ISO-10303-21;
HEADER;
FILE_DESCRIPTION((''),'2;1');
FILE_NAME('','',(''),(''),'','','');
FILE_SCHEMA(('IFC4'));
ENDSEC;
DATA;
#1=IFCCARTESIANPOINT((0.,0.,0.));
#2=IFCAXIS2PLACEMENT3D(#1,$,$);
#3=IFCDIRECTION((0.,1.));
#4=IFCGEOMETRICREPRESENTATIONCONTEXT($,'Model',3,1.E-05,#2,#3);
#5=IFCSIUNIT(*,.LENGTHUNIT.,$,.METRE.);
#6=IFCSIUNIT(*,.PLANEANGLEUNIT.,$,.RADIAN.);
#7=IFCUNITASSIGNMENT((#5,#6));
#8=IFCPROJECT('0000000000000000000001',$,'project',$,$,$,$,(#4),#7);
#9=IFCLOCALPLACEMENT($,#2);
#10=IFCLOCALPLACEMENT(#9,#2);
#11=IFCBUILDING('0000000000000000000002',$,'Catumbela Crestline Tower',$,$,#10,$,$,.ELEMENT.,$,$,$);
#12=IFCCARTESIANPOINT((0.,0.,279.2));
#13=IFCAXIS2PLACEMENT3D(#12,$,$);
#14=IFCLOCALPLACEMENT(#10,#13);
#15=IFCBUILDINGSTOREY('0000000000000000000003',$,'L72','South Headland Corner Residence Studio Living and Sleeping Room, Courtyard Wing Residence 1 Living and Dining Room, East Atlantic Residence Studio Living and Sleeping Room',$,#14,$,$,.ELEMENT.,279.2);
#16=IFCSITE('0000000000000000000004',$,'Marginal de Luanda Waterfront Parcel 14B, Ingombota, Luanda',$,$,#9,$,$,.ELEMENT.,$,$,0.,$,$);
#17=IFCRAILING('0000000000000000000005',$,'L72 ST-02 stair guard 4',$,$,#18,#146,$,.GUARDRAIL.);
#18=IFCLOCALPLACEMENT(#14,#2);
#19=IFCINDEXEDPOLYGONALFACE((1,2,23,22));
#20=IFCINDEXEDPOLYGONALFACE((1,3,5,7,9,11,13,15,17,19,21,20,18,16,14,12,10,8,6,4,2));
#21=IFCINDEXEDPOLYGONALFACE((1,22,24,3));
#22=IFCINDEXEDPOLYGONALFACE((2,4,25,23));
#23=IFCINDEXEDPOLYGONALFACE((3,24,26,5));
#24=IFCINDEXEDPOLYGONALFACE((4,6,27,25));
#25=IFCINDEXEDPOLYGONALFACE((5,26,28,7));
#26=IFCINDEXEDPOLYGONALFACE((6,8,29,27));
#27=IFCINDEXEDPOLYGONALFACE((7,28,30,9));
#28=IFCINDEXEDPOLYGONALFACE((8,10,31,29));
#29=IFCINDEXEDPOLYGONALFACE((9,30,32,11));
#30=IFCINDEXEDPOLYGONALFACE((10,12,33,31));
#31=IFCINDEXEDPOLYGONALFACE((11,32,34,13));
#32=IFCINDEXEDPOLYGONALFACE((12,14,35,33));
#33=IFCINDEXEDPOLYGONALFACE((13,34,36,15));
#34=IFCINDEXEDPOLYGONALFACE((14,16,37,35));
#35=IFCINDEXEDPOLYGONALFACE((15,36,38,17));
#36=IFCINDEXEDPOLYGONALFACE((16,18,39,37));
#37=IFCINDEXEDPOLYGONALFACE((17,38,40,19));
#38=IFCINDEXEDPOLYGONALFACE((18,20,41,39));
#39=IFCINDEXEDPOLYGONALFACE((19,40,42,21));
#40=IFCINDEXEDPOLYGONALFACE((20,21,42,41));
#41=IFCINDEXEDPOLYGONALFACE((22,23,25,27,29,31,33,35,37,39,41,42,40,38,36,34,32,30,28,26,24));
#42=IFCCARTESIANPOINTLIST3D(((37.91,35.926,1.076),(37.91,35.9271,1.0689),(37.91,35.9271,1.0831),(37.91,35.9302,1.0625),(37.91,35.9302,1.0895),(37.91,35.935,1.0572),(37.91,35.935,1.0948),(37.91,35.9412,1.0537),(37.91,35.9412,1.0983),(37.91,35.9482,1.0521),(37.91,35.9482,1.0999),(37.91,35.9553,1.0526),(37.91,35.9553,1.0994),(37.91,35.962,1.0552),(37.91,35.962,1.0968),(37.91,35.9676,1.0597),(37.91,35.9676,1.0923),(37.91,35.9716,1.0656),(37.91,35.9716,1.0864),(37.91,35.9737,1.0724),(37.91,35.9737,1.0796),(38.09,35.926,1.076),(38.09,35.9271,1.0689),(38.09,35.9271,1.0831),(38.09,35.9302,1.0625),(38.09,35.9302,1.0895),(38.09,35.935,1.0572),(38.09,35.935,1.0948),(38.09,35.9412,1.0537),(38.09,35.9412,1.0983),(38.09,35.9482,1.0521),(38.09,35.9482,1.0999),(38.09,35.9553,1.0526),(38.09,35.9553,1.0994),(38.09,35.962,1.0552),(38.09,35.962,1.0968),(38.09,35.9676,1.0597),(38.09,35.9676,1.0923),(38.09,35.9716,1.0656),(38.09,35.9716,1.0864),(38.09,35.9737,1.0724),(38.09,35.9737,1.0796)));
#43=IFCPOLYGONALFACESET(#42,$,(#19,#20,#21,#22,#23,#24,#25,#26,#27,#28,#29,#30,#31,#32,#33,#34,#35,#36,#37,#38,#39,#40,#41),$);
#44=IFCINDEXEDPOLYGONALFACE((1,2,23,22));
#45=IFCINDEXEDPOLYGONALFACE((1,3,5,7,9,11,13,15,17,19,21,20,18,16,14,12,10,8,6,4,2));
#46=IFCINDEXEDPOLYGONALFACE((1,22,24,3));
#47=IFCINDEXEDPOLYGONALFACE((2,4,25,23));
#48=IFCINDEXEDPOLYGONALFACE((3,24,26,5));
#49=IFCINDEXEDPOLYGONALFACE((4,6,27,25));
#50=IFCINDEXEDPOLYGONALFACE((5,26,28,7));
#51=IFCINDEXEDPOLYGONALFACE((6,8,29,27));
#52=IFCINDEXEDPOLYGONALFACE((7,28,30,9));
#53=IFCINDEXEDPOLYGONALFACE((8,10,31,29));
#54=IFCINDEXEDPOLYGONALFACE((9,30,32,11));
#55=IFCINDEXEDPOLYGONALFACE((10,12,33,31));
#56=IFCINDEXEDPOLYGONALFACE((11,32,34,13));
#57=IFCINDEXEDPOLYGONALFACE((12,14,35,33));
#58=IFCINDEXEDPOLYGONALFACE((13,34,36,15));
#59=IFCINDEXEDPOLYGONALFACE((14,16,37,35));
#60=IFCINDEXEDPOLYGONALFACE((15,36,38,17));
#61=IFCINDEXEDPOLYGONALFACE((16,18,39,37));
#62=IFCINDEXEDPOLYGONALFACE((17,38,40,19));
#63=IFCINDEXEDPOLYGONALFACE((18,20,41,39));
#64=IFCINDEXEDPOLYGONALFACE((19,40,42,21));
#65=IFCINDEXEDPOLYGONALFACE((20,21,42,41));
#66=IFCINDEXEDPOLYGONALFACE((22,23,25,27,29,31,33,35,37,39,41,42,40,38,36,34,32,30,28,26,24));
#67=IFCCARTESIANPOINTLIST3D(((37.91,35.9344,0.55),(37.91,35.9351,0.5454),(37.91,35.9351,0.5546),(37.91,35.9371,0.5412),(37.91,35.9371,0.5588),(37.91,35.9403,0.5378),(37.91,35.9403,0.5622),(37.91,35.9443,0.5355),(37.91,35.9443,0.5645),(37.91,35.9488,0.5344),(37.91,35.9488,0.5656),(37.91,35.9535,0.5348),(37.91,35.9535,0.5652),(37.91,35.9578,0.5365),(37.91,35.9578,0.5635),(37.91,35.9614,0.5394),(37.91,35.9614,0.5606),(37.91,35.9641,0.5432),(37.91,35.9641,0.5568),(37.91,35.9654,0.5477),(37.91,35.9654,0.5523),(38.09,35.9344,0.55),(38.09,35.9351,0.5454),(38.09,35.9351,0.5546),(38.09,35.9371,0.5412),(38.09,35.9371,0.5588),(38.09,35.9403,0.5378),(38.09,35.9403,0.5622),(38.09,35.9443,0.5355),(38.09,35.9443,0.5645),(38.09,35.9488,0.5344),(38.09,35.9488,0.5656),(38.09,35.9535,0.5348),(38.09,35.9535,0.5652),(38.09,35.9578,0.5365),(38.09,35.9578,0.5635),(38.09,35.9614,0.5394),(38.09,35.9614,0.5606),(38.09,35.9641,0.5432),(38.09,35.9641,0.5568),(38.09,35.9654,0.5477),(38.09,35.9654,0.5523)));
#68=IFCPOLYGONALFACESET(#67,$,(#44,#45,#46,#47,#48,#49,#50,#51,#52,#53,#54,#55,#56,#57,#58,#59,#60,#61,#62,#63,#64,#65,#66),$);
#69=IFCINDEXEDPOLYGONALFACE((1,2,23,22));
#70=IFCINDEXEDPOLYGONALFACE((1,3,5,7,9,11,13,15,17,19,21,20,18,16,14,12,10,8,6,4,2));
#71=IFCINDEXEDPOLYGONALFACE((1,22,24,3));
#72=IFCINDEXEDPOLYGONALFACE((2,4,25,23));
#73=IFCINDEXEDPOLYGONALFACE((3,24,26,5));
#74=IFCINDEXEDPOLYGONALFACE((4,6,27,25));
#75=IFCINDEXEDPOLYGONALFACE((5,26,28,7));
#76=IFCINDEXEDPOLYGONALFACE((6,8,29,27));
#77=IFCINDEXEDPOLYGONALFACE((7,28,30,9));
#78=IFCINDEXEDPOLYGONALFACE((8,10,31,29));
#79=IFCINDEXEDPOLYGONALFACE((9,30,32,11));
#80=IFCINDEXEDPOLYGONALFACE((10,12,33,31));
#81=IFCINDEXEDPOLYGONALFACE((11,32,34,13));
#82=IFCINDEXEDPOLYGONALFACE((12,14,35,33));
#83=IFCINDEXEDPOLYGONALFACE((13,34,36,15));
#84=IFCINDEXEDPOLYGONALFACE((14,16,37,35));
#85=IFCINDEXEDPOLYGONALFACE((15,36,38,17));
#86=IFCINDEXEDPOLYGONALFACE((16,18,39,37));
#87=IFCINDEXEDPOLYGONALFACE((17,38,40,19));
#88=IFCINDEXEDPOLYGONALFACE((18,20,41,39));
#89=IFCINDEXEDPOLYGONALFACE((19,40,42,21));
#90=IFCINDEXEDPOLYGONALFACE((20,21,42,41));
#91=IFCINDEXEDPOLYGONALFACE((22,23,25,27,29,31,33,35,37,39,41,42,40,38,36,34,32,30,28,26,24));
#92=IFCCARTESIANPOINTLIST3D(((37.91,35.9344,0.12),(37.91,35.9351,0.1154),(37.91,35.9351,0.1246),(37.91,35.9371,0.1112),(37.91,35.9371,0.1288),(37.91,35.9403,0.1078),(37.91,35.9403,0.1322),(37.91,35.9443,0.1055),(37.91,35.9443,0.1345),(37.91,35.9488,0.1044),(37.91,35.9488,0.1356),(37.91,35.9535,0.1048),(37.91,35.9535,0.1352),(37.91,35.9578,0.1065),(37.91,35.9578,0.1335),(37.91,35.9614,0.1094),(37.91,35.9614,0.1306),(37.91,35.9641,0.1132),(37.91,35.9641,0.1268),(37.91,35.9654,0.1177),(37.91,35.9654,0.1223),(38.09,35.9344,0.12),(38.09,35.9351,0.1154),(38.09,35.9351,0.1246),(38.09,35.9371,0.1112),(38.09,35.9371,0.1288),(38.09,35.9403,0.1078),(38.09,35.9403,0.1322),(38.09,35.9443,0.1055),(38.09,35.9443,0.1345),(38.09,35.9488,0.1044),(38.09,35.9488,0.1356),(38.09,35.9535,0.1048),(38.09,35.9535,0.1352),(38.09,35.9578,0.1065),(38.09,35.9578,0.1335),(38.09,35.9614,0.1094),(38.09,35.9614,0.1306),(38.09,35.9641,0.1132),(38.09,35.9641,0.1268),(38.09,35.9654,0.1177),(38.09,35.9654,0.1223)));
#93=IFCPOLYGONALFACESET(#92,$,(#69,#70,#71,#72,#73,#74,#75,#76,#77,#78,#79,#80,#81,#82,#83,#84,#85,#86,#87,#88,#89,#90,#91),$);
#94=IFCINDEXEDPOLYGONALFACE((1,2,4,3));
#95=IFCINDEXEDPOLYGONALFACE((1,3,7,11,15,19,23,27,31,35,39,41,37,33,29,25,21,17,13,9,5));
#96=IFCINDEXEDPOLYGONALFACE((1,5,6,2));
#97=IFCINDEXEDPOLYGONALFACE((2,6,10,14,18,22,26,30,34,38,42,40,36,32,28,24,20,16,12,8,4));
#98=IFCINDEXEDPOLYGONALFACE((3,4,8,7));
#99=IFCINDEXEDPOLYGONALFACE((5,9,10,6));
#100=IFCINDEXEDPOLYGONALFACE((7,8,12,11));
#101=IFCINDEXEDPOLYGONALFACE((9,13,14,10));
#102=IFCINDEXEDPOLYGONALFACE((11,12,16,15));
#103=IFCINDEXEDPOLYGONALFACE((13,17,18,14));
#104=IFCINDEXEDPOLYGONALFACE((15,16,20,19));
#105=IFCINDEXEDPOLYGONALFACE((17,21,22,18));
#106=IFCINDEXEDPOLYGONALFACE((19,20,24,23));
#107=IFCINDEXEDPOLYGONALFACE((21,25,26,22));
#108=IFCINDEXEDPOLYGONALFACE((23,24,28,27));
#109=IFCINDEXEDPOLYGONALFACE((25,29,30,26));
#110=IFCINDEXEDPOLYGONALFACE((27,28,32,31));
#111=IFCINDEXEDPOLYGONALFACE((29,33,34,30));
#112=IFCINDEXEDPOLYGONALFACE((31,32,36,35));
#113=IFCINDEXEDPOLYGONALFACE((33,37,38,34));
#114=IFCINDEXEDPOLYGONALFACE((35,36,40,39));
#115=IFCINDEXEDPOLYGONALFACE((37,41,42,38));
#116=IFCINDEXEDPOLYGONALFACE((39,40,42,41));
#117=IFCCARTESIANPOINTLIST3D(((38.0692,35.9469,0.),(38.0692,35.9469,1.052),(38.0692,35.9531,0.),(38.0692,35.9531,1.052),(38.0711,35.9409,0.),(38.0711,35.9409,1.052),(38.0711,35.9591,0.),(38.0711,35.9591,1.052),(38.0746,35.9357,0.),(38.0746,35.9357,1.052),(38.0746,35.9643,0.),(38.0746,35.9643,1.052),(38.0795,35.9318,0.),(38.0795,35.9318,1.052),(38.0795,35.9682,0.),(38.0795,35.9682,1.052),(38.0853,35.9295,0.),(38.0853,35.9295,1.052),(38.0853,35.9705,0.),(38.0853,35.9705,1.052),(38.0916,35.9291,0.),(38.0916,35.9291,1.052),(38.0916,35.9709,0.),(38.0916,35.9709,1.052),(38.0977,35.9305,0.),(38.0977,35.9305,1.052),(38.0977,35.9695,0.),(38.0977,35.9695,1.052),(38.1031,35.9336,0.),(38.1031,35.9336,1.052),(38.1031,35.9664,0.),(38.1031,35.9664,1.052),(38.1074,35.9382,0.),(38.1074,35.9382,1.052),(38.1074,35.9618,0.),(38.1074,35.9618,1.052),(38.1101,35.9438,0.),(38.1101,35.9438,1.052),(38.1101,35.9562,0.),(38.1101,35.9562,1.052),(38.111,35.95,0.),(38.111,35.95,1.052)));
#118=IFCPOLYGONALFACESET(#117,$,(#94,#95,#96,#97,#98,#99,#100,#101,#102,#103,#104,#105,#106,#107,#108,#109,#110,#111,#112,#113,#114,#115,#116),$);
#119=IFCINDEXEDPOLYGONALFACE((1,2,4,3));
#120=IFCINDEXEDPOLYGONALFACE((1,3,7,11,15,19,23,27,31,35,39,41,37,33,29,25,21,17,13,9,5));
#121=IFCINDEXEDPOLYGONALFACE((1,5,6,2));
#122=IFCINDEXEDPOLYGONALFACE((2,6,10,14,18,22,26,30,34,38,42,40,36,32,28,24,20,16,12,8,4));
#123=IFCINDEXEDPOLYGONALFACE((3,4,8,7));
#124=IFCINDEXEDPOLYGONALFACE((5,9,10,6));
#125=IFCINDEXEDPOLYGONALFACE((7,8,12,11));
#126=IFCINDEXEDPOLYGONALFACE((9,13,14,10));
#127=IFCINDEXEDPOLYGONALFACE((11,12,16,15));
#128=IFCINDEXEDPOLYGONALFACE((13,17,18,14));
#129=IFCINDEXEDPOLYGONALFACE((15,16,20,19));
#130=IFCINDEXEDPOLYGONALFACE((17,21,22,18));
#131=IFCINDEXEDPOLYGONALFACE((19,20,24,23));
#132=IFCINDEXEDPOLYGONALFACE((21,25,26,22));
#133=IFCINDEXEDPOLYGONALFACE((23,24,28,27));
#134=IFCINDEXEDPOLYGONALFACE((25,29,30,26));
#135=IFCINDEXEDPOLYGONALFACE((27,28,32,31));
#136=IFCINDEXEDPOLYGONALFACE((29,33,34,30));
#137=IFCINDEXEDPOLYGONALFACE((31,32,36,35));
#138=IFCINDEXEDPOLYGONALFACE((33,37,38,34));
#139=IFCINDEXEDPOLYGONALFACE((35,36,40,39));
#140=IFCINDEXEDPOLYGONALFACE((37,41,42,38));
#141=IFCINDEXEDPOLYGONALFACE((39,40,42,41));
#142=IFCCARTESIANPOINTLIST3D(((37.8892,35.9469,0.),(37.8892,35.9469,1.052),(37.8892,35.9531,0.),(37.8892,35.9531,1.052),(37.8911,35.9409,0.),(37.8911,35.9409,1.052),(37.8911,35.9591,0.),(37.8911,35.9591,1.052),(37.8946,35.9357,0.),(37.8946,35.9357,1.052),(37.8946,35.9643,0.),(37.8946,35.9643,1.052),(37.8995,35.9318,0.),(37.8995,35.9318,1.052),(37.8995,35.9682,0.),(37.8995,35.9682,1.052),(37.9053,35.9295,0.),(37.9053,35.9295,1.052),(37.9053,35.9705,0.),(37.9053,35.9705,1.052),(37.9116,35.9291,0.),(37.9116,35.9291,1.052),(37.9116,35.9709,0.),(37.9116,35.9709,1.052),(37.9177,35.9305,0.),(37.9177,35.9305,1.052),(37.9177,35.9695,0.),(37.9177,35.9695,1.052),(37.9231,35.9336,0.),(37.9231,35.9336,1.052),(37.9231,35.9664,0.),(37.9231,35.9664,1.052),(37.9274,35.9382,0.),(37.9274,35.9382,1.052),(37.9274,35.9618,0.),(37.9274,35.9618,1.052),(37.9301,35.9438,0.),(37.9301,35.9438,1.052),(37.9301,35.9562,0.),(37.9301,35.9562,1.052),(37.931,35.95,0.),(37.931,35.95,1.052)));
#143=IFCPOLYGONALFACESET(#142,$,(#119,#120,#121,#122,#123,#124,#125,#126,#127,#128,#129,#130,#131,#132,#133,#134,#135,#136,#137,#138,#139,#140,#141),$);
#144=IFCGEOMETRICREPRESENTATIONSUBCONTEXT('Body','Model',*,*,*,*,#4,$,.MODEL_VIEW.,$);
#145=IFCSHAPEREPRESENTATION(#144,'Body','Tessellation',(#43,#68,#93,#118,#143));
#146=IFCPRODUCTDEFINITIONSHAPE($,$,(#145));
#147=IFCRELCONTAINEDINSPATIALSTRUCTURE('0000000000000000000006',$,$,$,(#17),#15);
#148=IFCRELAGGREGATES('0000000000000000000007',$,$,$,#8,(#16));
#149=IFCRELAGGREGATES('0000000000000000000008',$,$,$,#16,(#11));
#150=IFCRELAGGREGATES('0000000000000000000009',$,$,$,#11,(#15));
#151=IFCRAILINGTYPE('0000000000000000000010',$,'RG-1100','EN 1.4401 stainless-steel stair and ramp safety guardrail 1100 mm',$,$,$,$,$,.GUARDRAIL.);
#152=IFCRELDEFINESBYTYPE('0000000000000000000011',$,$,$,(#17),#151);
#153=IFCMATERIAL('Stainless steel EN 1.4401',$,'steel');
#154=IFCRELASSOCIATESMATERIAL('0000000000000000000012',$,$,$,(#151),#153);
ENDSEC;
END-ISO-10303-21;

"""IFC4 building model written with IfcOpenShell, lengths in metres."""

from ifc_helpers import new_model, si_unit, direction, frame, origin, origin_2d, place, context, subcontext, project, spatial, circle, extrude, material, type_object, element, save


model = new_model("IFC4")

# Units and contexts
model_context = context("Model", 3, precision=1e-05, world=origin(), true_north=direction((0.0, 1.0)))
body_context = subcontext(model_context, "Body", "Model", "MODEL_VIEW")
ifc_project = project(units=[si_unit("LENGTHUNIT", "METRE"), si_unit("PLANEANGLEUNIT", "RADIAN")], contexts=[model_context])

# Site, building, storey
site_placement = place(None, origin())
site = spatial("IfcSite", under=ifc_project, at=site_placement, Name="Marginal de Luanda Waterfront Parcel 14B, Ingombota, Luanda", CompositionType="ELEMENT", RefElevation=0.0)
building_placement = place(site_placement, origin())
building = spatial("IfcBuilding", under=site, at=building_placement, Name="Catumbela Crestline Tower", CompositionType="ELEMENT")
storey_placement = place(building_placement, frame((0.0, 0.0, 279.2)))
storey = spatial("IfcBuildingStorey", under=building, at=storey_placement, Name="L72", Description="South Headland Corner Residence Studio Living and Sleeping Room, Courtyard Wing Residence 1 Living and Dining Room, East Atlantic Residence Studio Living and Sleeping Room", CompositionType="ELEMENT", Elevation=279.2)

# Shared definitions
ifc_material_1 = material(Name="Stainless steel EN 1.4401", Category="steel")

# Railing
railing_type_1 = type_object("IfcRailingType", Name="RG-1100", Description="EN 1.4401 stainless-steel stair and ramp safety guardrail 1100 mm", PredefinedType="GUARDRAIL", material=ifc_material_1)
railing_1_placement = place(storey_placement, frame((38.09, 35.95, 0.0)))
element("IfcRailing", 1, at=railing_1_placement, inside=storey, type_object=railing_type_1, Name="L72 ST-02 stair guard 4", PredefinedType="GUARDRAIL", context=body_context, shape_type="SweptSolid", body=[
    extrude(circle(Radius=0.024, at=origin_2d()), frame((0.0, 0.0, 1.076), z_axis=(-1.0, 0.0, 0.0), x_axis=(0.0, -1.0, 0.0)), (0.0, 0.0, 1.0), 0.18),
    extrude(circle(Radius=0.0156, at=origin_2d()), frame((0.0, 0.0, 0.55), z_axis=(-1.0, 0.0, 0.0), x_axis=(0.0, -1.0, 0.0)), (0.0, 0.0, 1.0), 0.18),
    extrude(circle(Radius=0.0156, at=origin_2d()), frame((0.0, 0.0, 0.12), z_axis=(-1.0, 0.0, 0.0), x_axis=(0.0, -1.0, 0.0)), (0.0, 0.0, 1.0), 0.18),
    extrude(circle(Radius=0.021, at=origin_2d()), origin(), (0.0, 0.0, 1.0), 1.052),
    extrude(circle(Radius=0.021, at=origin_2d()), frame((-0.18, 0.0, 0.0)), (0.0, 0.0, 1.0), 1.052),
])

save(model, "model.ifc")
